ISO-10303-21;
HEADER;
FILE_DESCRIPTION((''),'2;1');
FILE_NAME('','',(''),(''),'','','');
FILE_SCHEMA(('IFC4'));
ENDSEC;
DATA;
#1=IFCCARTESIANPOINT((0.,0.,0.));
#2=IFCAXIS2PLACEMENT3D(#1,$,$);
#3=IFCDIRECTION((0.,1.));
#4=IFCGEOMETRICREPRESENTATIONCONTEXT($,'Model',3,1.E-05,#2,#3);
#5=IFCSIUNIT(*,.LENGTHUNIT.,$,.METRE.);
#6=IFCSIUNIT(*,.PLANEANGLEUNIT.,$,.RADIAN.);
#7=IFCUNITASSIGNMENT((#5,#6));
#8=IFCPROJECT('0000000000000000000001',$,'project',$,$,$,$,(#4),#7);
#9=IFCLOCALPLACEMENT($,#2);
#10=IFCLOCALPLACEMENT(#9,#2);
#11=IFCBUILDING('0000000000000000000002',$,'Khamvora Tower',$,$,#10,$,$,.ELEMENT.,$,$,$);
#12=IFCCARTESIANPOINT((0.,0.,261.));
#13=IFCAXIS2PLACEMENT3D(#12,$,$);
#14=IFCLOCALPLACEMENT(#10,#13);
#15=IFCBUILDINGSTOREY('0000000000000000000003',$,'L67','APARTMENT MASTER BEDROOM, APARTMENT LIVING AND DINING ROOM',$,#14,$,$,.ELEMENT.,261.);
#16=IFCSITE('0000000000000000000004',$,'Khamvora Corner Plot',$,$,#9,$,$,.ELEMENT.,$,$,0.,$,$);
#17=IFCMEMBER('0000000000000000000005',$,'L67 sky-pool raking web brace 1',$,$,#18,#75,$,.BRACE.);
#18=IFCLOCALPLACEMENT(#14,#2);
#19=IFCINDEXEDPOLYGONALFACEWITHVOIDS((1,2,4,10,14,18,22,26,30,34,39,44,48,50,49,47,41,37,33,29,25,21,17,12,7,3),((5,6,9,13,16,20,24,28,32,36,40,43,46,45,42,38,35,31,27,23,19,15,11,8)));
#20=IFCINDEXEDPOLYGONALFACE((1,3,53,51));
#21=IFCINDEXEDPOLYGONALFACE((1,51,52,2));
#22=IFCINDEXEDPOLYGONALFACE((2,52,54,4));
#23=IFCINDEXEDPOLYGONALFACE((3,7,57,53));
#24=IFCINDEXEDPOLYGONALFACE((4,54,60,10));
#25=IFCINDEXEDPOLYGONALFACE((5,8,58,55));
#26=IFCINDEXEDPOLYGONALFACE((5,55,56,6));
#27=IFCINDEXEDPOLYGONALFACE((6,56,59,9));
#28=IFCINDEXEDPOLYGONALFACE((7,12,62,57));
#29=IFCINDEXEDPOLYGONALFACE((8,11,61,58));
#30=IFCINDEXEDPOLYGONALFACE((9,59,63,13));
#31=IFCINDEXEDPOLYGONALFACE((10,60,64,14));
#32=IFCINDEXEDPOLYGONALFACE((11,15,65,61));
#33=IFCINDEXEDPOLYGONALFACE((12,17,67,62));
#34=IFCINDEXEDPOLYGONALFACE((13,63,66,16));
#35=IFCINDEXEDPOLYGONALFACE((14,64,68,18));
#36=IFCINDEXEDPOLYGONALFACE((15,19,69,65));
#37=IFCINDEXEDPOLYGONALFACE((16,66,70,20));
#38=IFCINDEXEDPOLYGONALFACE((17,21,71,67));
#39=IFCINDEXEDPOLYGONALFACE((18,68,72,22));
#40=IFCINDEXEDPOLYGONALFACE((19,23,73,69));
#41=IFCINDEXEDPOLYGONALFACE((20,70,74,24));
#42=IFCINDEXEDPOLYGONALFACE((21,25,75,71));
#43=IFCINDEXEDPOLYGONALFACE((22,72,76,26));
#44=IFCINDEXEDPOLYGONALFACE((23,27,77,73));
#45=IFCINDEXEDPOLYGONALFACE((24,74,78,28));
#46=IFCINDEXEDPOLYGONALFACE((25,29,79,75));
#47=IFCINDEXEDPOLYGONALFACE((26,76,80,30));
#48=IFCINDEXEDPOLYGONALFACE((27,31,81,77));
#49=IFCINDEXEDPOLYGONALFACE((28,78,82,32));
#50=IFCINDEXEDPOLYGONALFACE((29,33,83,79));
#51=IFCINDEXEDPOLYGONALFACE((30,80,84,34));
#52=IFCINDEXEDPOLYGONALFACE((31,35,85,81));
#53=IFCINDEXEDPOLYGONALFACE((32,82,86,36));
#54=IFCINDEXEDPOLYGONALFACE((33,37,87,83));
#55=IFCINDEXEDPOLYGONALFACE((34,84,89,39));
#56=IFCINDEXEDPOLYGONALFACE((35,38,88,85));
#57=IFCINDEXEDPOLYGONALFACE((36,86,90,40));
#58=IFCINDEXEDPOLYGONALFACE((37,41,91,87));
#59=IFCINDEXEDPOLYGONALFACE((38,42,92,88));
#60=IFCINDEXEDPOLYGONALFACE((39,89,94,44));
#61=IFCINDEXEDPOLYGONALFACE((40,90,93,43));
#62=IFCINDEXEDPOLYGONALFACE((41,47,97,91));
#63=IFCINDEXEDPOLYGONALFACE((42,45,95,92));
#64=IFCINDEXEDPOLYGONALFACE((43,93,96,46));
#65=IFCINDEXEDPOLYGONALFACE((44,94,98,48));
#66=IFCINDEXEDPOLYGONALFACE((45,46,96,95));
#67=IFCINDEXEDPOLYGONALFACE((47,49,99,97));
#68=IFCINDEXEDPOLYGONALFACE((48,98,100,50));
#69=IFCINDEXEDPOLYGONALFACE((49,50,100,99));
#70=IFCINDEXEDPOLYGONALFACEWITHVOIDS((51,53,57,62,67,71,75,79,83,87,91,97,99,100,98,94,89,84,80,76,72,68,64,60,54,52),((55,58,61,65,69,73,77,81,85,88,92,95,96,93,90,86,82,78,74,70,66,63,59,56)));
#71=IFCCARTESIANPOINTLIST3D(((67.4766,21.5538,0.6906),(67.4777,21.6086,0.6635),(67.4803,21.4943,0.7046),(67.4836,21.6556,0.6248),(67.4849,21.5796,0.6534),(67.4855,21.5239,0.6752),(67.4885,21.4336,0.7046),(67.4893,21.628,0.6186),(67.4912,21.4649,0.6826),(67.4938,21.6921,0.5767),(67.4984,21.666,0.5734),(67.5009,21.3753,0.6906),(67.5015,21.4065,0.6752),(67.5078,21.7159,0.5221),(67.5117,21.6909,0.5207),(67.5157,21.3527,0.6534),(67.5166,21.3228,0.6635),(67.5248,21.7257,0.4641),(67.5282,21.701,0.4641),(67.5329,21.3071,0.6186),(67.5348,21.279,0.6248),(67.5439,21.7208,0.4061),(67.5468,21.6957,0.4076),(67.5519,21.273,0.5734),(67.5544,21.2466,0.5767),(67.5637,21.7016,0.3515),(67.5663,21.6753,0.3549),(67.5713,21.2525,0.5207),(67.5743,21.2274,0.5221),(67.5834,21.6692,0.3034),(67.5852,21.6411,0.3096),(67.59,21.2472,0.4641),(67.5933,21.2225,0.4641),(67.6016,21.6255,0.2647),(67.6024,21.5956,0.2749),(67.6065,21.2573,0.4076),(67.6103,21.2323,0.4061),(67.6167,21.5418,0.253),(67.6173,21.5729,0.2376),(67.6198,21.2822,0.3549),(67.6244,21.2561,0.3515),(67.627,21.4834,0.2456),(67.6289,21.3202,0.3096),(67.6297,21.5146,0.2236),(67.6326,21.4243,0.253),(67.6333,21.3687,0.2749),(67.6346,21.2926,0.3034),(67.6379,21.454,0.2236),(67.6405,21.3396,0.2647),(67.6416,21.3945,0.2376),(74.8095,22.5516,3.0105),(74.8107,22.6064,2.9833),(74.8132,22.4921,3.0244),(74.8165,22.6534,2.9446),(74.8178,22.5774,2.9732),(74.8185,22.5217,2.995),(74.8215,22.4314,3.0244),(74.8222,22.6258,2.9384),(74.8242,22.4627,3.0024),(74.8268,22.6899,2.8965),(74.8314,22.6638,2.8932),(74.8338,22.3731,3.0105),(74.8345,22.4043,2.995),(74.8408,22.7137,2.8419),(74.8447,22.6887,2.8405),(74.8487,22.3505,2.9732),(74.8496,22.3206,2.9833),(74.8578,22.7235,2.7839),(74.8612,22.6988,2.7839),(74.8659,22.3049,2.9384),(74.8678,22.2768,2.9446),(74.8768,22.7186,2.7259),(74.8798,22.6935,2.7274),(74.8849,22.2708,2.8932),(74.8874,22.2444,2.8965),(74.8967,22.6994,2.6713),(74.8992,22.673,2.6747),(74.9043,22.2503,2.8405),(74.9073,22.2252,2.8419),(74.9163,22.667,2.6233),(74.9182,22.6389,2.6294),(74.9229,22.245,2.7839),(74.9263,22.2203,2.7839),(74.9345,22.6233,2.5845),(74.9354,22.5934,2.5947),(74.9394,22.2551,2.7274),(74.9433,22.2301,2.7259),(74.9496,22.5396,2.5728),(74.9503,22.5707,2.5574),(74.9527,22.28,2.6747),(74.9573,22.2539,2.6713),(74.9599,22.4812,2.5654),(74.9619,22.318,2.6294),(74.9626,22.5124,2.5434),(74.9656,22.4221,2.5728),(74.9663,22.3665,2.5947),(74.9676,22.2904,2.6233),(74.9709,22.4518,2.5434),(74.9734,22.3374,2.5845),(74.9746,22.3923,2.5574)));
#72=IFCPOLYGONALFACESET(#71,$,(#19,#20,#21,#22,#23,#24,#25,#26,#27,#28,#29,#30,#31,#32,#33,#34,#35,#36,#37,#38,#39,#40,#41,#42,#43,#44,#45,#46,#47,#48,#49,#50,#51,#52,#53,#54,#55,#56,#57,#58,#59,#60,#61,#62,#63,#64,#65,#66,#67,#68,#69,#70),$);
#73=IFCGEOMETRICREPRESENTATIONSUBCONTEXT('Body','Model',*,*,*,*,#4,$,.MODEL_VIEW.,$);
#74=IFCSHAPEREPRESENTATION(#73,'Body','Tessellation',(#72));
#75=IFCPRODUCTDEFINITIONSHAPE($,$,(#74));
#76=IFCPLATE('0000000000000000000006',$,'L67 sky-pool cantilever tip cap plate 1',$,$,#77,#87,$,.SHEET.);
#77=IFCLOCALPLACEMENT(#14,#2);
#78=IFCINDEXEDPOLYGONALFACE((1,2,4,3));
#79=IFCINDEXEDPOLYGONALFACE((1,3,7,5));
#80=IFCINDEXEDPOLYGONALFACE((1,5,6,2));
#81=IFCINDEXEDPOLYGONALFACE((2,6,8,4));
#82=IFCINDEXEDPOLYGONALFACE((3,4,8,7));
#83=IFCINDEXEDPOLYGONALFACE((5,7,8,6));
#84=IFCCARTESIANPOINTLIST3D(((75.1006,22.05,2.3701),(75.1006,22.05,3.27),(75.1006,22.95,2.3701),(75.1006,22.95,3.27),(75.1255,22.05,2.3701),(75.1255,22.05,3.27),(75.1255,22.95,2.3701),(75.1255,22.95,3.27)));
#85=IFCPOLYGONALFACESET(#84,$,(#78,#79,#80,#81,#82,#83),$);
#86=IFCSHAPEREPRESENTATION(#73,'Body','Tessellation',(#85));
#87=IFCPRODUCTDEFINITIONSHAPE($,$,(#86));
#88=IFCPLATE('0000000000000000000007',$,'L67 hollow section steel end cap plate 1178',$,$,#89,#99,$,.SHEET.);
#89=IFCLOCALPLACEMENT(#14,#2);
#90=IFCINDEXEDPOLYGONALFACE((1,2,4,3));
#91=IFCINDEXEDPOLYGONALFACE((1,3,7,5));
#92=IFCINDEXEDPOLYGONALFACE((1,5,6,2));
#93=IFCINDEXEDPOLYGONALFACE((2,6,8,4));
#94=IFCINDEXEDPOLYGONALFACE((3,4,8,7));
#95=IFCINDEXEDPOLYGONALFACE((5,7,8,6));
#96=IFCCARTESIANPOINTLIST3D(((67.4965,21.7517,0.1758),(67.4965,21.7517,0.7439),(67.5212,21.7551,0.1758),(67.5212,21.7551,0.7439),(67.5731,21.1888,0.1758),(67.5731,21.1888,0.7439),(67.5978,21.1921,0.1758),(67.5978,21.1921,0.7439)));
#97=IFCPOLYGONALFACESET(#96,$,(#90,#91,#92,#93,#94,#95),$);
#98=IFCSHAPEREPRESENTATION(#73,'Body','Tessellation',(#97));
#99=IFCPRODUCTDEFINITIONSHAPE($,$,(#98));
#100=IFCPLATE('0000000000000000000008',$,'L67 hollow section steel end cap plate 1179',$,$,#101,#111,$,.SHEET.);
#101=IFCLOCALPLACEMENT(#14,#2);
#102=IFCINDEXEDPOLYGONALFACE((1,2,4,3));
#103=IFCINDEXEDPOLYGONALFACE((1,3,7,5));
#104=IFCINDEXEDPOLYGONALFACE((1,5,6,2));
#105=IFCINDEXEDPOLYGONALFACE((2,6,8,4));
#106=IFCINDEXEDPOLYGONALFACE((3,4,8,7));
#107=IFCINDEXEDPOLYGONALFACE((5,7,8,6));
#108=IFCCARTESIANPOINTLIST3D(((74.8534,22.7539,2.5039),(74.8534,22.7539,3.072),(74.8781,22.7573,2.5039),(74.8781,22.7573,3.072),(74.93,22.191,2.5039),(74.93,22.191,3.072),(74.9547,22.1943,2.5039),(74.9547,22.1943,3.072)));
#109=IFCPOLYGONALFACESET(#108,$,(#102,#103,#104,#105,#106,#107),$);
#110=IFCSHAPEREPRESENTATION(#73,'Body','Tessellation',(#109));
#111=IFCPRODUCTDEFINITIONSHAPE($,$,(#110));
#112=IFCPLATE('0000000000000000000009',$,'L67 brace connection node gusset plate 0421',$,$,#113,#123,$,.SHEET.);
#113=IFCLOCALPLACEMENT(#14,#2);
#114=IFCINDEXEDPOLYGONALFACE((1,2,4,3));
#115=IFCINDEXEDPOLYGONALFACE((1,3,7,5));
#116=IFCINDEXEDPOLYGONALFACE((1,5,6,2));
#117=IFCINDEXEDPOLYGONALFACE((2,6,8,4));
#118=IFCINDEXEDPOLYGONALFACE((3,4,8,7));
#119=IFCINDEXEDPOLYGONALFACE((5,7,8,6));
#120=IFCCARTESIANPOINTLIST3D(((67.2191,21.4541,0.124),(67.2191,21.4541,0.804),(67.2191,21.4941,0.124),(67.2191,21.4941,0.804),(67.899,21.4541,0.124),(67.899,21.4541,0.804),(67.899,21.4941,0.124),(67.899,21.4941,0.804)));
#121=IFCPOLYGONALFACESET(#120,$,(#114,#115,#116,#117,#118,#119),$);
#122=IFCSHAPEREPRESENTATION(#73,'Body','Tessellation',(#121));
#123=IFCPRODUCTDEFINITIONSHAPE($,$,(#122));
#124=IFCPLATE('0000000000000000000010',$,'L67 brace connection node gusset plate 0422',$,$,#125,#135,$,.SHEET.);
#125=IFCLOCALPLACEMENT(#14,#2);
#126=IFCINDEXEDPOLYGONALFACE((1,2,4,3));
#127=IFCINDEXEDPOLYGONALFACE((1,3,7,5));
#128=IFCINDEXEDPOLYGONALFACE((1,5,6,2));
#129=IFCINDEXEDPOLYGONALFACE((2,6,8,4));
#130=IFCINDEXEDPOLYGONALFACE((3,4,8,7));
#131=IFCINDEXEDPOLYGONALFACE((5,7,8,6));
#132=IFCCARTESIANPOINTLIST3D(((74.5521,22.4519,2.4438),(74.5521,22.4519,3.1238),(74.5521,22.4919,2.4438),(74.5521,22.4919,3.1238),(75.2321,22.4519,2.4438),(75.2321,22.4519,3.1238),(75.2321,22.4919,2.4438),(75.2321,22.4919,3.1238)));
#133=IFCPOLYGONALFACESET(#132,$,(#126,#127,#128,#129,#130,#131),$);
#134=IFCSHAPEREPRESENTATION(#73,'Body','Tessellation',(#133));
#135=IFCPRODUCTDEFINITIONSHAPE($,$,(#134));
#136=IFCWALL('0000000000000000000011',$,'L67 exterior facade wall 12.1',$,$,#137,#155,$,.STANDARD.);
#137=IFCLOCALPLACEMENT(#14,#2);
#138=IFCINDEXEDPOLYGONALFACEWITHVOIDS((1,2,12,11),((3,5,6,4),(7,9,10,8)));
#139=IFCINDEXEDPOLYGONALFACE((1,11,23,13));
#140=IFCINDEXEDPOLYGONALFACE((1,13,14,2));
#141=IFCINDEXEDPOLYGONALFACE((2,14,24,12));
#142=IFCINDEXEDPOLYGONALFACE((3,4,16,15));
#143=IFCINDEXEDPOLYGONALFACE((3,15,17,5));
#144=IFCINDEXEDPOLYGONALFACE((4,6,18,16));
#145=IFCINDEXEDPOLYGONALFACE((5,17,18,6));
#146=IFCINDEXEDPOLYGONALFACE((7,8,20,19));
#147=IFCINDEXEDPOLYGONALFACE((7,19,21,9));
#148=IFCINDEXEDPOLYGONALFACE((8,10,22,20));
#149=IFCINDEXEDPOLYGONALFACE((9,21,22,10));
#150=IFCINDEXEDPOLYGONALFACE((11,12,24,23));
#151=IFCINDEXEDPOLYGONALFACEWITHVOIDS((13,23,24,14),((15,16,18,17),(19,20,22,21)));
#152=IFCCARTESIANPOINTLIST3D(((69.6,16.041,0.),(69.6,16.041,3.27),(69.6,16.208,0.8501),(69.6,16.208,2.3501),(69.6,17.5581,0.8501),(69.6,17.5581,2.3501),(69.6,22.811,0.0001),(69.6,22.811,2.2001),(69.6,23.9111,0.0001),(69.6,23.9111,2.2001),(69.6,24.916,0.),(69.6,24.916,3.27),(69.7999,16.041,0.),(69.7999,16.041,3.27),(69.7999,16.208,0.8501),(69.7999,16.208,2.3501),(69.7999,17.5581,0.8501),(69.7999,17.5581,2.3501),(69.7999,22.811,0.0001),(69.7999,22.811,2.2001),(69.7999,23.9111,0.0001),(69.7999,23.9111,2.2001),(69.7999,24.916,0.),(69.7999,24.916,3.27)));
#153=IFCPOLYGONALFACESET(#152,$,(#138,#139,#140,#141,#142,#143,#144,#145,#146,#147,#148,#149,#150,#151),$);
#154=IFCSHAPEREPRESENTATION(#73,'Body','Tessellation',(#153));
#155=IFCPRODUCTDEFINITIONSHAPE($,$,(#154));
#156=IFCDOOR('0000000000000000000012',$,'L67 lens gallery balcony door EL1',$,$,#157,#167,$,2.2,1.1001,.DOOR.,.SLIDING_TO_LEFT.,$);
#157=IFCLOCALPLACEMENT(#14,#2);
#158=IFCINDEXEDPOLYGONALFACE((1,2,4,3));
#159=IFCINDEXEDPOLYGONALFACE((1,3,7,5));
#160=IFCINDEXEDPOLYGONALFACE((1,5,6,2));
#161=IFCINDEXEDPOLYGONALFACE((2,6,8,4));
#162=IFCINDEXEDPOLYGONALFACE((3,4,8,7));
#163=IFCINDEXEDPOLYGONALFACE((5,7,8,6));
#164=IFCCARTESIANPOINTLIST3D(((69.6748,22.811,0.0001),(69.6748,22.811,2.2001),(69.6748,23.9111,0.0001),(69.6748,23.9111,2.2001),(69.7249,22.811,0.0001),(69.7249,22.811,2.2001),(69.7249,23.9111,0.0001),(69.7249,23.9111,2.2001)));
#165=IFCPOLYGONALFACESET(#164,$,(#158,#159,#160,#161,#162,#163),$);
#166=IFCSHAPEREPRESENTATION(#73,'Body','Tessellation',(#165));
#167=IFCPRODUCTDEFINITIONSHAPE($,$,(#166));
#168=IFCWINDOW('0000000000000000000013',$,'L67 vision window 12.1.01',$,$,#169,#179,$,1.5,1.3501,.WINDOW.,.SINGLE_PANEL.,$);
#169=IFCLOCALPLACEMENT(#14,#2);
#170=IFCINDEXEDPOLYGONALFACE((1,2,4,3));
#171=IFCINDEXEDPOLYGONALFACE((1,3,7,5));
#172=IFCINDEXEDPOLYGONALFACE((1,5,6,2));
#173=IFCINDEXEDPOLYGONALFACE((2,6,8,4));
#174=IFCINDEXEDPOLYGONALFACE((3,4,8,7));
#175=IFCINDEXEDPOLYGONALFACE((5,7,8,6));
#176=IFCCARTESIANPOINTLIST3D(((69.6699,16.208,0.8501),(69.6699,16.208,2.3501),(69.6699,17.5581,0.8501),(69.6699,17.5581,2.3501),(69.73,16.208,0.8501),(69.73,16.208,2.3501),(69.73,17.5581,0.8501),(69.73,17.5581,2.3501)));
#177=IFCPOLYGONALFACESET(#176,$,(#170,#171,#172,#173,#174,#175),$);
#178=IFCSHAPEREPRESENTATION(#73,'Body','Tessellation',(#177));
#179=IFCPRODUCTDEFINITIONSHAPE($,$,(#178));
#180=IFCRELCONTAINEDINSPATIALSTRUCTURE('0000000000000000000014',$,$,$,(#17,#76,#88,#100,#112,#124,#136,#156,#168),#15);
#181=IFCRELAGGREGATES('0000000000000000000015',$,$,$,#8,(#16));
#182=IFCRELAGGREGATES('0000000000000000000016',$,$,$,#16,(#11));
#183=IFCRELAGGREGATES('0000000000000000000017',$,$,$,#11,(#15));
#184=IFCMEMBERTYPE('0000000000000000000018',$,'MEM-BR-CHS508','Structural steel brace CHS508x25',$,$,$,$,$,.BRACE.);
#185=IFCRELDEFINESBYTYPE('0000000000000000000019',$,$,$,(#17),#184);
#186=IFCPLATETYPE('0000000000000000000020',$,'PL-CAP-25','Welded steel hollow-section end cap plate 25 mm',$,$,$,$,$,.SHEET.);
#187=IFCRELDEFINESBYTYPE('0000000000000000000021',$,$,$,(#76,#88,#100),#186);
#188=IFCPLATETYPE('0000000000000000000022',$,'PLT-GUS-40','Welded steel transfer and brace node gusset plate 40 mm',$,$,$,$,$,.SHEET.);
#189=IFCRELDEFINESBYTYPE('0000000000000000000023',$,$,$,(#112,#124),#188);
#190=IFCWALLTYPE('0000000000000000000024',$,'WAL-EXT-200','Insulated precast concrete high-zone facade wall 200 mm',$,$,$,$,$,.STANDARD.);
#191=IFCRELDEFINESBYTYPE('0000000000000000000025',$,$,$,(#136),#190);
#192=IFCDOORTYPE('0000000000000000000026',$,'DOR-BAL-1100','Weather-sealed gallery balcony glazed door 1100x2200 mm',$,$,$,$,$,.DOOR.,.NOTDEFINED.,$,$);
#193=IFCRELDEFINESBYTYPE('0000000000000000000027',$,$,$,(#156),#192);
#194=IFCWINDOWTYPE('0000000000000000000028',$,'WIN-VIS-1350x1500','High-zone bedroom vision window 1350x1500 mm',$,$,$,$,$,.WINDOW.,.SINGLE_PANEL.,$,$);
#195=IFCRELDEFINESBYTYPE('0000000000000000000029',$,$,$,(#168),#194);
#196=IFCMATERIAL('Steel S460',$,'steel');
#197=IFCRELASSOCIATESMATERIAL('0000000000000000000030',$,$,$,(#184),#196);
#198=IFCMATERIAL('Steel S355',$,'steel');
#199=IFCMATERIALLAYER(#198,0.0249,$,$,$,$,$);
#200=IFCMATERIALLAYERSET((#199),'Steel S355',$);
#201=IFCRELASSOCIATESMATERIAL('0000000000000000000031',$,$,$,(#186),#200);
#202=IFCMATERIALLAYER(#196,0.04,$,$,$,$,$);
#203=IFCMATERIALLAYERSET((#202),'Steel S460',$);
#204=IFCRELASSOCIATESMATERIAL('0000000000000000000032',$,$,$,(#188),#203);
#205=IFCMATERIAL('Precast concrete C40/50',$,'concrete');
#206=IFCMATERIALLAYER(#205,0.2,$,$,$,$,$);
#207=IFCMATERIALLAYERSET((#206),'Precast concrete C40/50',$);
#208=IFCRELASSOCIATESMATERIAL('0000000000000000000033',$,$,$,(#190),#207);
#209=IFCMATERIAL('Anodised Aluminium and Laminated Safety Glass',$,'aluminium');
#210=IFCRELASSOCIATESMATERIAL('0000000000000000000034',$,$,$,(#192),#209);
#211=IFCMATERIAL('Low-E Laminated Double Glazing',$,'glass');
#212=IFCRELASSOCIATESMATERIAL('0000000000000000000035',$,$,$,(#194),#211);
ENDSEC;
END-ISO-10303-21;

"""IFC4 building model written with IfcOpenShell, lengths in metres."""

from ifc_helpers import new_model, si_unit, direction, frame, frame_2d, origin, origin_2d, place, context, subcontext, project, spatial, rectangle, hollow_circle, extrude, material, layer, layer_set, material_profile, profile_set, type_object, element, fill, save


model = new_model("IFC4")

# Units and contexts
model_context = context("Model", 3, precision=1e-05, world=origin(), true_north=direction((0.0, 1.0)))
body_context = subcontext(model_context, "Body", "Model", "MODEL_VIEW")
ifc_project = project(units=[si_unit("LENGTHUNIT", "METRE"), si_unit("PLANEANGLEUNIT", "RADIAN")], contexts=[model_context])

# Site, building, storey
site_placement = place(None, origin())
site = spatial("IfcSite", under=ifc_project, at=site_placement, Name="Khamvora Corner Plot", CompositionType="ELEMENT", RefElevation=0.0)
building_placement = place(site_placement, origin())
building = spatial("IfcBuilding", under=site, at=building_placement, Name="Khamvora Tower", CompositionType="ELEMENT")
storey_placement = place(building_placement, frame((0.0, 0.0, 261.0)))
storey = spatial("IfcBuildingStorey", under=building, at=storey_placement, Name="L67", Description="APARTMENT MASTER BEDROOM, APARTMENT LIVING AND DINING ROOM", CompositionType="ELEMENT", Elevation=261.0)

# Shared definitions
ifc_material_1 = material(Name="Steel S355", Category="steel")

# Member
ifc_material_2 = material(Name="Steel S460", Category="steel")
ifc_material_profile_1 = material_profile(ifc_material_2, hollow_circle(Radius=0.2539, WallThickness=0.0249, at=origin_2d()), Name="CHS508x25")
ifc_profile_set_1 = profile_set([ifc_material_profile_1], Name="Steel S460")
member_type = type_object("IfcMemberType", Name="MEM-BR-CHS508", Description="Structural steel brace CHS508x25", PredefinedType="BRACE", material=ifc_profile_set_1)
member_placement = place(storey_placement, frame((67.5591, 21.4741, 0.4641), z_axis=(0.945505, 0.128655, 0.299114), x_axis=(-0.134828, 0.990869, 0.0)))
element("IfcMember", 1, at=member_placement, inside=storey, type_object=member_type, Name="L67 sky-pool raking web brace 1", PredefinedType="BRACE", context=body_context, shape_type="SweptSolid", body=[
    extrude(hollow_circle(Radius=0.2539, WallThickness=0.0249, at=origin_2d()), origin(), (0.0, 0.0, 1.0), 7.7556),
])

# Plates
ifc_layer_1 = layer(ifc_material_1, 0.0249)
ifc_layer_set_1 = layer_set([ifc_layer_1], Name="Steel S355")
plate_type_1 = type_object("IfcPlateType", Name="PL-CAP-25", Description="Welded steel hollow-section end cap plate 25 mm", PredefinedType="SHEET", material=ifc_layer_set_1)
plate_placement = place(storey_placement, frame((75.113, 22.5, 2.3701), z_axis=(0.0, 0.0, 1.0), x_axis=(1.0, 0.0, 0.0)))
element("IfcPlate", 2, at=plate_placement, inside=storey, type_object=plate_type_1, Name="L67 sky-pool cantilever tip cap plate 1", PredefinedType="SHEET", context=body_context, shape_type="SweptSolid", body=[
    extrude(rectangle(XDim=0.0249, YDim=0.8999, at=origin_2d()), origin(), (0.0, 0.0, 1.0), 0.8999),
])
for number, where, z_axis, x_axis, name in (
    (3, (67.5471, 21.4719, 0.1758), (0.0, 0.0, 1.0), (0.990866, 0.134851, 0.0), "L67 hollow section steel end cap plate 1178"),
    (4, (74.9041, 22.4741, 2.5039), (0.0, 0.0, 1.0), (0.990866, 0.134851, 0.0), "L67 hollow section steel end cap plate 1179"),
):
    element("IfcPlate", number, at=place(storey_placement, frame(where, z_axis=z_axis, x_axis=x_axis)), inside=storey, type_object=plate_type_1, Name=name, PredefinedType="SHEET", context=body_context, shape_type="SweptSolid", body=[
        extrude(rectangle(XDim=0.0249, YDim=0.5681, at=origin_2d()), origin(), (0.0, 0.0, 1.0), 0.5681),
    ])
ifc_layer_2 = layer(ifc_material_2, 0.04)
ifc_layer_set_2 = layer_set([ifc_layer_2], Name="Steel S460")
plate_type_2 = type_object("IfcPlateType", Name="PLT-GUS-40", Description="Welded steel transfer and brace node gusset plate 40 mm", PredefinedType="SHEET", material=ifc_layer_set_2)
for number, where, z_axis, x_axis, name in (
    (5, (67.5591, 21.4741, 0.124), (0.0, 0.0, 1.0), (1.0, 0.0, 0.0), "L67 brace connection node gusset plate 0421"),
    (6, (74.8921, 22.4719, 2.4438), (0.0, 0.0, 1.0), (1.0, 0.0, 0.0), "L67 brace connection node gusset plate 0422"),
):
    element("IfcPlate", number, at=place(storey_placement, frame(where, z_axis=z_axis, x_axis=x_axis)), inside=storey, type_object=plate_type_2, Name=name, PredefinedType="SHEET", context=body_context, shape_type="SweptSolid", body=[
        extrude(rectangle(XDim=0.6799, YDim=0.04, at=origin_2d()), origin(), (0.0, 0.0, 1.0), 0.6799),
    ])

# Wall, openings, door, window
ifc_material_3 = material(Name="Precast concrete C40/50", Category="concrete")
ifc_layer_3 = layer(ifc_material_3, 0.2)
ifc_layer_set_3 = layer_set([ifc_layer_3], Name="Precast concrete C40/50")
wall_type_1 = type_object("IfcWallType", Name="WAL-EXT-200", Description="Insulated precast concrete high-zone facade wall 200 mm", PredefinedType="STANDARD", material=ifc_layer_set_3)
wall_1_placement = place(storey_placement, frame((69.7, 24.916, 0.0), z_axis=(0.0, 0.0, 1.0), x_axis=(0.0, -1.0, 0.0)))
wall_1 = element("IfcWall", 7, at=wall_1_placement, inside=storey, type_object=wall_type_1, Name="L67 exterior facade wall 12.1", PredefinedType="STANDARD", context=body_context, shape_type="SweptSolid", body=[
    extrude(rectangle(XDim=8.875, YDim=0.2, at=frame_2d((4.4375, 0.0))), origin(), (0.0, 0.0, 1.0), 3.27),
])
opening_1_placement = place(wall_1_placement, frame((1.0049, 0.0, 0.0)))
opening_1 = element("IfcOpeningElement", 8, at=opening_1_placement, cuts=wall_1, PredefinedType="OPENING", context=body_context, shape_type="SweptSolid", body=[
    extrude(rectangle(XDim=1.1001, YDim=2.2, at=frame_2d((0.55, 1.1001))), frame((0.0, 0.1099, 0.0), z_axis=(0.0, -1.0, 0.0), x_axis=(1.0, 0.0, 0.0)), (0.0, 0.0, 1.0), 0.22),
])
opening_2_placement = place(wall_1_placement, frame((7.3579, 0.0, 0.8501)))
opening_2 = element("IfcOpeningElement", 9, at=opening_2_placement, cuts=wall_1, PredefinedType="OPENING", context=body_context, shape_type="SweptSolid", body=[
    extrude(rectangle(XDim=1.3501, YDim=1.5, at=frame_2d((0.675, 0.75))), frame((0.0, 0.1099, 0.0), z_axis=(0.0, -1.0, 0.0), x_axis=(1.0, 0.0, 0.0)), (0.0, 0.0, 1.0), 0.22),
])
ifc_material_4 = material(Name="Anodised Aluminium and Laminated Safety Glass", Category="aluminium")
door_type = type_object("IfcDoorType", Name="DOR-BAL-1100", Description="Weather-sealed gallery balcony glazed door 1100x2200 mm", OperationType="NOTDEFINED", PredefinedType="DOOR", material=ifc_material_4)
door_placement = place(opening_1_placement, origin())
door = element("IfcDoor", 10, at=door_placement, inside=storey, type_object=door_type, Name="L67 lens gallery balcony door EL1", OperationType="SLIDING_TO_LEFT", OverallHeight=2.2, OverallWidth=1.1001, PredefinedType="DOOR", context=body_context, shape_type="SweptSolid", body=[
    extrude(rectangle(XDim=1.1001, YDim=2.2, at=frame_2d((0.55, 1.1001))), frame((0.0, 0.0249, 0.0), z_axis=(0.0, -1.0, 0.0), x_axis=(1.0, 0.0, 0.0)), (0.0, 0.0, 1.0), 0.05),
])
fill(opening_1, door)
ifc_material_5 = material(Name="Low-E Laminated Double Glazing", Category="glass")
window_type_1 = type_object("IfcWindowType", Name="WIN-VIS-1350x1500", Description="High-zone bedroom vision window 1350x1500 mm", PartitioningType="SINGLE_PANEL", PredefinedType="WINDOW", material=ifc_material_5)
window_1_placement = place(opening_2_placement, origin())
window_1 = element("IfcWindow", 11, at=window_1_placement, inside=storey, type_object=window_type_1, Name="L67 vision window 12.1.01", OverallHeight=1.5, OverallWidth=1.3501, PartitioningType="SINGLE_PANEL", PredefinedType="WINDOW", context=body_context, shape_type="SweptSolid", body=[
    extrude(rectangle(XDim=1.3501, YDim=1.5, at=frame_2d((0.675, 0.75))), frame((0.0, 0.03, 0.0), z_axis=(0.0, -1.0, 0.0), x_axis=(1.0, 0.0, 0.0)), (0.0, 0.0, 1.0), 0.0601),
])
fill(opening_2, window_1)

save(model, "model.ifc")
